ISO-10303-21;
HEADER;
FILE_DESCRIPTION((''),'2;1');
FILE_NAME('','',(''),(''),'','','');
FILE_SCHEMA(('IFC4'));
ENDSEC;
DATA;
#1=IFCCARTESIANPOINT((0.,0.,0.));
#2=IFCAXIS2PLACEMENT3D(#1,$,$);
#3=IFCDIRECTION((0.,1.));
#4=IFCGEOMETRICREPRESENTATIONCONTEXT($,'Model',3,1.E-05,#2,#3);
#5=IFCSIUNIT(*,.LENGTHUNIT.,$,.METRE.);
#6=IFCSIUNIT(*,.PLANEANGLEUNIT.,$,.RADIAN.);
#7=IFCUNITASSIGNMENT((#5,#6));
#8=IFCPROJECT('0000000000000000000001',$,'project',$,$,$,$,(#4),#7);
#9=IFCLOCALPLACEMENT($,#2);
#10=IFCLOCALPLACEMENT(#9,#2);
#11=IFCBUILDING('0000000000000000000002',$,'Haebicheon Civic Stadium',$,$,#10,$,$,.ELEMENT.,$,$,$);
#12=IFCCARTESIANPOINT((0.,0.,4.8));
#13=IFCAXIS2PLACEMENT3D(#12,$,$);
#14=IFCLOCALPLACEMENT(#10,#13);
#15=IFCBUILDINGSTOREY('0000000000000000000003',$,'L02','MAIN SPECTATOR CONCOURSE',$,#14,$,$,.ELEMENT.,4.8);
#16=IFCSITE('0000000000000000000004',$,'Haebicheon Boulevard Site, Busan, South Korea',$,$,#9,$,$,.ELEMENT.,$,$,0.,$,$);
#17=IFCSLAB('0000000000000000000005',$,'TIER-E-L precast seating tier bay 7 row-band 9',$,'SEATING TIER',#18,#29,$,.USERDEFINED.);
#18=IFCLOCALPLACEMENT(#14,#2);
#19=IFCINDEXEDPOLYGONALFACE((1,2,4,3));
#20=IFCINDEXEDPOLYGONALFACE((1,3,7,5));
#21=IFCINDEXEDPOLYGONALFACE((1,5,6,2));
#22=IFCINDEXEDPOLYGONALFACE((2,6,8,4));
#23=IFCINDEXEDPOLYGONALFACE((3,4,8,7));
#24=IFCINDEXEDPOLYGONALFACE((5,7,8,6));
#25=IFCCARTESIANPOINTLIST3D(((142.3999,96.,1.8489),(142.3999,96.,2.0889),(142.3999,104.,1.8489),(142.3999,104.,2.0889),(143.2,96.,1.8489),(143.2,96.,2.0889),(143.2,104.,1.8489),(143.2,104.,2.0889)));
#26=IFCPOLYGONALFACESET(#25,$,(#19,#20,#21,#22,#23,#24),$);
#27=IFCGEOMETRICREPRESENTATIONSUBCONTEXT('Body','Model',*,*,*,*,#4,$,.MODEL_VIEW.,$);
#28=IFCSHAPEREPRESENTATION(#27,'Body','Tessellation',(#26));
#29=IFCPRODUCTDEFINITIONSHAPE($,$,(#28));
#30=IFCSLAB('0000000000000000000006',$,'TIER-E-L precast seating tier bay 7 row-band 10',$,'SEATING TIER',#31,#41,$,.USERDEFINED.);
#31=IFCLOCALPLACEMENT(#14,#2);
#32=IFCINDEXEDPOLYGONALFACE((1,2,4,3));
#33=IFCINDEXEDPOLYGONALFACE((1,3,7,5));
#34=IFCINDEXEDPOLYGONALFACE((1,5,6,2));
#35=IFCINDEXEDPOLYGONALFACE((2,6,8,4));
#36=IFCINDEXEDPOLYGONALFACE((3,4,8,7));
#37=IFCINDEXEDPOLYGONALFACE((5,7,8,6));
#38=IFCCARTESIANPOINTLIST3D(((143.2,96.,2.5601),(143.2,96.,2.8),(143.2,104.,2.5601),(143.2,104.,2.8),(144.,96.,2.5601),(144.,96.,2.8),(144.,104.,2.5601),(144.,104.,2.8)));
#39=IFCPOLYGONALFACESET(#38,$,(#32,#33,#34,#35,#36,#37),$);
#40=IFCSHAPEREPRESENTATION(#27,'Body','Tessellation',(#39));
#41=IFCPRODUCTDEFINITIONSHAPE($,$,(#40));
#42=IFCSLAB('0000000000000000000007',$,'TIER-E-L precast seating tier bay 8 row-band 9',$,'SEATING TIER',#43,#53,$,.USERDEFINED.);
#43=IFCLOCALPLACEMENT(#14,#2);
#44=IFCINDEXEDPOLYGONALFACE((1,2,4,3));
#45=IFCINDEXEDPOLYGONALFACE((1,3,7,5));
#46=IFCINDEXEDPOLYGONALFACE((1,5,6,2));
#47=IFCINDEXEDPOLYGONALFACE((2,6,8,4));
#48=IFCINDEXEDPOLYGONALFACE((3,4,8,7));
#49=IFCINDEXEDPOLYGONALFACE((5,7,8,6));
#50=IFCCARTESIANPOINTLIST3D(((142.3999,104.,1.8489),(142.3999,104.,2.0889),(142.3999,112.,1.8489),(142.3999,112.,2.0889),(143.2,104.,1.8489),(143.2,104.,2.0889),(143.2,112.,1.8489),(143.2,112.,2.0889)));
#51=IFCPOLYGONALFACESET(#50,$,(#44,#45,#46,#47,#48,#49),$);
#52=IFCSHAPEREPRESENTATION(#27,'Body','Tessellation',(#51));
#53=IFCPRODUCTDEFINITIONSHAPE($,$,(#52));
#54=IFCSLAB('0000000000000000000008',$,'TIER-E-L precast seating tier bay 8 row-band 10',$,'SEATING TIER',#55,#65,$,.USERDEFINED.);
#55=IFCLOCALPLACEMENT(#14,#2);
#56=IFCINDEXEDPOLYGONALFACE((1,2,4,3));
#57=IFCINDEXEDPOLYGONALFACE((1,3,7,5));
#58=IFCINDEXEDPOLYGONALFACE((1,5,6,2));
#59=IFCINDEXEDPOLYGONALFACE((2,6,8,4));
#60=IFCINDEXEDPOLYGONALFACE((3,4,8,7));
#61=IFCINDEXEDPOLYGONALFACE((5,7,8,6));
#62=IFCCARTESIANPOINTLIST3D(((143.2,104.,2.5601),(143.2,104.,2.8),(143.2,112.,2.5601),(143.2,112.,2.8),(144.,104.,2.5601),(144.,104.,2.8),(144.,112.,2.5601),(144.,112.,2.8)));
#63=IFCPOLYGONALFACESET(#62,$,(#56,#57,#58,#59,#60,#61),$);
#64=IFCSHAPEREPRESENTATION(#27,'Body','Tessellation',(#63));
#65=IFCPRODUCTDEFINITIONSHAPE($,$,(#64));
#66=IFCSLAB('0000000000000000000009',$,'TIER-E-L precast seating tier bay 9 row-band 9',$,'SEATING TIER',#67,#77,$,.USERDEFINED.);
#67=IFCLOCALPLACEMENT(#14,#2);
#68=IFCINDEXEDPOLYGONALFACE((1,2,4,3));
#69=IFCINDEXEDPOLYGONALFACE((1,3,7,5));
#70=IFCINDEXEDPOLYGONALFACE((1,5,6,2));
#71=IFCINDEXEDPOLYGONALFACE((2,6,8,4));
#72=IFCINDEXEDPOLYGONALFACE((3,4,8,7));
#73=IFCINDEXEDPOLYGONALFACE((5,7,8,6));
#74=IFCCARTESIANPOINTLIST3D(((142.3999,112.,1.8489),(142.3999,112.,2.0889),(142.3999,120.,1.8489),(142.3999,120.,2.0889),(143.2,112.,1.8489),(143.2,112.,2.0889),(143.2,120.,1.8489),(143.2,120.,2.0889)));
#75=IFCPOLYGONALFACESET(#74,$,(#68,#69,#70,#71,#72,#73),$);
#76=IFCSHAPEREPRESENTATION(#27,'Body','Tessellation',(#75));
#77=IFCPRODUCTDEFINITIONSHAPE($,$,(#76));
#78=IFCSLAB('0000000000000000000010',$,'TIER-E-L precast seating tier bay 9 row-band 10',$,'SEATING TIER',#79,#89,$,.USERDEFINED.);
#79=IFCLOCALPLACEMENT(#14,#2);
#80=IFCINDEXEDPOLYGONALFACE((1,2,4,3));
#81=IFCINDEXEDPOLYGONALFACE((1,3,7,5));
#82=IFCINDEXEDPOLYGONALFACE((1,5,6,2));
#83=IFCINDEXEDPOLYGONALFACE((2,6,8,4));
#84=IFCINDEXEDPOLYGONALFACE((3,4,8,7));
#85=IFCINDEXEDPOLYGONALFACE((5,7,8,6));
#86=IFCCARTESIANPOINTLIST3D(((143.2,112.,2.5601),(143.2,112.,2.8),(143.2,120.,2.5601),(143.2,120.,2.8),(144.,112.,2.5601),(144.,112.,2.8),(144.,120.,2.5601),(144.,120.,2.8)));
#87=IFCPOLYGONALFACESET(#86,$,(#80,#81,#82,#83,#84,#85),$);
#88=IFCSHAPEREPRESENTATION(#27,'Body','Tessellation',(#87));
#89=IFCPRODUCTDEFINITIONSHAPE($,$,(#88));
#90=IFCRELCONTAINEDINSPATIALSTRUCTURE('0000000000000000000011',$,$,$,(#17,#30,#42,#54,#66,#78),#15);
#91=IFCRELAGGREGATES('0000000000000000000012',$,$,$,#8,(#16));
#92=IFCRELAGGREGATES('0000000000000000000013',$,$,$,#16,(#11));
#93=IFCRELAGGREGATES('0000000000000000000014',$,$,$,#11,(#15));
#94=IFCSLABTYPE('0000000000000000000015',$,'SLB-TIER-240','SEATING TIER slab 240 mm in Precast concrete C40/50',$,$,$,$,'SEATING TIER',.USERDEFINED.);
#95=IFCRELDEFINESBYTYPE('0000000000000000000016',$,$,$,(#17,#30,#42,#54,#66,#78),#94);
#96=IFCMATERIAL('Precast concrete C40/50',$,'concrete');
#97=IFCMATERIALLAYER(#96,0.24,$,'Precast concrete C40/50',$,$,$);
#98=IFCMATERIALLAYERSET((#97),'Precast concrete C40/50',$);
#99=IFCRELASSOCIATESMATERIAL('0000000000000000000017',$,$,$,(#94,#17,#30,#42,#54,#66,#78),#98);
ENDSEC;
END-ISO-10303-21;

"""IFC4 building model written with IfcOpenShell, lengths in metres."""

from ifc_helpers import new_model, si_unit, direction, frame, origin, place, context, subcontext, project, spatial, polyline, outline, extrude, material, layer, layer_set, type_object, element, save


model = new_model("IFC4")

# Units and contexts
model_context = context("Model", 3, precision=1e-05, world=origin(), true_north=direction((0.0, 1.0)))
body_context = subcontext(model_context, "Body", "Model", "MODEL_VIEW")
ifc_project = project(units=[si_unit("LENGTHUNIT", "METRE"), si_unit("PLANEANGLEUNIT", "RADIAN")], contexts=[model_context])

# Site, building, storey
site_placement = place(None, origin())
site = spatial("IfcSite", under=ifc_project, at=site_placement, Name="Haebicheon Boulevard Site, Busan, South Korea", CompositionType="ELEMENT", RefElevation=0.0)
building_placement = place(site_placement, origin())
building = spatial("IfcBuilding", under=site, at=building_placement, Name="Haebicheon Civic Stadium", CompositionType="ELEMENT")
storey_placement = place(building_placement, frame((0.0, 0.0, 4.8)))
storey = spatial("IfcBuildingStorey", under=building, at=storey_placement, Name="L02", Description="MAIN SPECTATOR CONCOURSE", CompositionType="ELEMENT", Elevation=4.8)

# Slabs
ifc_material = material(Name="Precast concrete C40/50", Category="concrete")
ifc_layer = layer(ifc_material, 0.24, Name="Precast concrete C40/50")
ifc_layer_set = layer_set([ifc_layer], Name="Precast concrete C40/50")
slab_type = type_object("IfcSlabType", Name="SLB-TIER-240", Description="SEATING TIER slab 240 mm in Precast concrete C40/50", ElementType="SEATING TIER", PredefinedType="USERDEFINED", material=ifc_layer_set)
slab_1_placement = place(storey_placement, frame((0.0, 0.0, 1.8489)))
element("IfcSlab", 1, at=slab_1_placement, inside=storey, type_object=slab_type, material=ifc_layer_set, Name="TIER-E-L precast seating tier bay 7 row-band 9", ObjectType="SEATING TIER", PredefinedType="USERDEFINED", context=body_context, shape_type="SweptSolid", body=[
    extrude(outline(polyline([(142.3999, 96.0), (143.2, 96.0), (143.2, 104.0), (142.3999, 104.0), (142.3999, 96.0)])), origin(), (0.0, 0.0, 1.0), 0.24),
])
slab_2_placement = place(storey_placement, frame((0.0, 0.0, 2.5601)))
element("IfcSlab", 2, at=slab_2_placement, inside=storey, type_object=slab_type, material=ifc_layer_set, Name="TIER-E-L precast seating tier bay 7 row-band 10", ObjectType="SEATING TIER", PredefinedType="USERDEFINED", context=body_context, shape_type="SweptSolid", body=[
    extrude(outline(polyline([(143.2, 96.0), (144.0, 96.0), (144.0, 104.0), (143.2, 104.0), (143.2, 96.0)])), origin(), (0.0, 0.0, 1.0), 0.24),
])
slab_3_placement = place(storey_placement, frame((0.0, 0.0, 1.8489)))
element("IfcSlab", 3, at=slab_3_placement, inside=storey, type_object=slab_type, material=ifc_layer_set, Name="TIER-E-L precast seating tier bay 8 row-band 9", ObjectType="SEATING TIER", PredefinedType="USERDEFINED", context=body_context, shape_type="SweptSolid", body=[
    extrude(outline(polyline([(142.3999, 104.0), (143.2, 104.0), (143.2, 112.0), (142.3999, 112.0), (142.3999, 104.0)])), origin(), (0.0, 0.0, 1.0), 0.24),
])
slab_4_placement = place(storey_placement, frame((0.0, 0.0, 2.5601)))
element("IfcSlab", 4, at=slab_4_placement, inside=storey, type_object=slab_type, material=ifc_layer_set, Name="TIER-E-L precast seating tier bay 8 row-band 10", ObjectType="SEATING TIER", PredefinedType="USERDEFINED", context=body_context, shape_type="SweptSolid", body=[
    extrude(outline(polyline([(143.2, 104.0), (144.0, 104.0), (144.0, 112.0), (143.2, 112.0), (143.2, 104.0)])), origin(), (0.0, 0.0, 1.0), 0.24),
])
slab_5_placement = place(storey_placement, frame((0.0, 0.0, 1.8489)))
element("IfcSlab", 5, at=slab_5_placement, inside=storey, type_object=slab_type, material=ifc_layer_set, Name="TIER-E-L precast seating tier bay 9 row-band 9", ObjectType="SEATING TIER", PredefinedType="USERDEFINED", context=body_context, shape_type="SweptSolid", body=[
    extrude(outline(polyline([(142.3999, 112.0), (143.2, 112.0), (143.2, 120.0), (142.3999, 120.0), (142.3999, 112.0)])), origin(), (0.0, 0.0, 1.0), 0.24),
])
slab_6_placement = place(storey_placement, frame((0.0, 0.0, 2.5601)))
element("IfcSlab", 6, at=slab_6_placement, inside=storey, type_object=slab_type, material=ifc_layer_set, Name="TIER-E-L precast seating tier bay 9 row-band 10", ObjectType="SEATING TIER", PredefinedType="USERDEFINED", context=body_context, shape_type="SweptSolid", body=[
    extrude(outline(polyline([(143.2, 112.0), (144.0, 112.0), (144.0, 120.0), (143.2, 120.0), (143.2, 112.0)])), origin(), (0.0, 0.0, 1.0), 0.24),
])

save(model, "model.ifc")
